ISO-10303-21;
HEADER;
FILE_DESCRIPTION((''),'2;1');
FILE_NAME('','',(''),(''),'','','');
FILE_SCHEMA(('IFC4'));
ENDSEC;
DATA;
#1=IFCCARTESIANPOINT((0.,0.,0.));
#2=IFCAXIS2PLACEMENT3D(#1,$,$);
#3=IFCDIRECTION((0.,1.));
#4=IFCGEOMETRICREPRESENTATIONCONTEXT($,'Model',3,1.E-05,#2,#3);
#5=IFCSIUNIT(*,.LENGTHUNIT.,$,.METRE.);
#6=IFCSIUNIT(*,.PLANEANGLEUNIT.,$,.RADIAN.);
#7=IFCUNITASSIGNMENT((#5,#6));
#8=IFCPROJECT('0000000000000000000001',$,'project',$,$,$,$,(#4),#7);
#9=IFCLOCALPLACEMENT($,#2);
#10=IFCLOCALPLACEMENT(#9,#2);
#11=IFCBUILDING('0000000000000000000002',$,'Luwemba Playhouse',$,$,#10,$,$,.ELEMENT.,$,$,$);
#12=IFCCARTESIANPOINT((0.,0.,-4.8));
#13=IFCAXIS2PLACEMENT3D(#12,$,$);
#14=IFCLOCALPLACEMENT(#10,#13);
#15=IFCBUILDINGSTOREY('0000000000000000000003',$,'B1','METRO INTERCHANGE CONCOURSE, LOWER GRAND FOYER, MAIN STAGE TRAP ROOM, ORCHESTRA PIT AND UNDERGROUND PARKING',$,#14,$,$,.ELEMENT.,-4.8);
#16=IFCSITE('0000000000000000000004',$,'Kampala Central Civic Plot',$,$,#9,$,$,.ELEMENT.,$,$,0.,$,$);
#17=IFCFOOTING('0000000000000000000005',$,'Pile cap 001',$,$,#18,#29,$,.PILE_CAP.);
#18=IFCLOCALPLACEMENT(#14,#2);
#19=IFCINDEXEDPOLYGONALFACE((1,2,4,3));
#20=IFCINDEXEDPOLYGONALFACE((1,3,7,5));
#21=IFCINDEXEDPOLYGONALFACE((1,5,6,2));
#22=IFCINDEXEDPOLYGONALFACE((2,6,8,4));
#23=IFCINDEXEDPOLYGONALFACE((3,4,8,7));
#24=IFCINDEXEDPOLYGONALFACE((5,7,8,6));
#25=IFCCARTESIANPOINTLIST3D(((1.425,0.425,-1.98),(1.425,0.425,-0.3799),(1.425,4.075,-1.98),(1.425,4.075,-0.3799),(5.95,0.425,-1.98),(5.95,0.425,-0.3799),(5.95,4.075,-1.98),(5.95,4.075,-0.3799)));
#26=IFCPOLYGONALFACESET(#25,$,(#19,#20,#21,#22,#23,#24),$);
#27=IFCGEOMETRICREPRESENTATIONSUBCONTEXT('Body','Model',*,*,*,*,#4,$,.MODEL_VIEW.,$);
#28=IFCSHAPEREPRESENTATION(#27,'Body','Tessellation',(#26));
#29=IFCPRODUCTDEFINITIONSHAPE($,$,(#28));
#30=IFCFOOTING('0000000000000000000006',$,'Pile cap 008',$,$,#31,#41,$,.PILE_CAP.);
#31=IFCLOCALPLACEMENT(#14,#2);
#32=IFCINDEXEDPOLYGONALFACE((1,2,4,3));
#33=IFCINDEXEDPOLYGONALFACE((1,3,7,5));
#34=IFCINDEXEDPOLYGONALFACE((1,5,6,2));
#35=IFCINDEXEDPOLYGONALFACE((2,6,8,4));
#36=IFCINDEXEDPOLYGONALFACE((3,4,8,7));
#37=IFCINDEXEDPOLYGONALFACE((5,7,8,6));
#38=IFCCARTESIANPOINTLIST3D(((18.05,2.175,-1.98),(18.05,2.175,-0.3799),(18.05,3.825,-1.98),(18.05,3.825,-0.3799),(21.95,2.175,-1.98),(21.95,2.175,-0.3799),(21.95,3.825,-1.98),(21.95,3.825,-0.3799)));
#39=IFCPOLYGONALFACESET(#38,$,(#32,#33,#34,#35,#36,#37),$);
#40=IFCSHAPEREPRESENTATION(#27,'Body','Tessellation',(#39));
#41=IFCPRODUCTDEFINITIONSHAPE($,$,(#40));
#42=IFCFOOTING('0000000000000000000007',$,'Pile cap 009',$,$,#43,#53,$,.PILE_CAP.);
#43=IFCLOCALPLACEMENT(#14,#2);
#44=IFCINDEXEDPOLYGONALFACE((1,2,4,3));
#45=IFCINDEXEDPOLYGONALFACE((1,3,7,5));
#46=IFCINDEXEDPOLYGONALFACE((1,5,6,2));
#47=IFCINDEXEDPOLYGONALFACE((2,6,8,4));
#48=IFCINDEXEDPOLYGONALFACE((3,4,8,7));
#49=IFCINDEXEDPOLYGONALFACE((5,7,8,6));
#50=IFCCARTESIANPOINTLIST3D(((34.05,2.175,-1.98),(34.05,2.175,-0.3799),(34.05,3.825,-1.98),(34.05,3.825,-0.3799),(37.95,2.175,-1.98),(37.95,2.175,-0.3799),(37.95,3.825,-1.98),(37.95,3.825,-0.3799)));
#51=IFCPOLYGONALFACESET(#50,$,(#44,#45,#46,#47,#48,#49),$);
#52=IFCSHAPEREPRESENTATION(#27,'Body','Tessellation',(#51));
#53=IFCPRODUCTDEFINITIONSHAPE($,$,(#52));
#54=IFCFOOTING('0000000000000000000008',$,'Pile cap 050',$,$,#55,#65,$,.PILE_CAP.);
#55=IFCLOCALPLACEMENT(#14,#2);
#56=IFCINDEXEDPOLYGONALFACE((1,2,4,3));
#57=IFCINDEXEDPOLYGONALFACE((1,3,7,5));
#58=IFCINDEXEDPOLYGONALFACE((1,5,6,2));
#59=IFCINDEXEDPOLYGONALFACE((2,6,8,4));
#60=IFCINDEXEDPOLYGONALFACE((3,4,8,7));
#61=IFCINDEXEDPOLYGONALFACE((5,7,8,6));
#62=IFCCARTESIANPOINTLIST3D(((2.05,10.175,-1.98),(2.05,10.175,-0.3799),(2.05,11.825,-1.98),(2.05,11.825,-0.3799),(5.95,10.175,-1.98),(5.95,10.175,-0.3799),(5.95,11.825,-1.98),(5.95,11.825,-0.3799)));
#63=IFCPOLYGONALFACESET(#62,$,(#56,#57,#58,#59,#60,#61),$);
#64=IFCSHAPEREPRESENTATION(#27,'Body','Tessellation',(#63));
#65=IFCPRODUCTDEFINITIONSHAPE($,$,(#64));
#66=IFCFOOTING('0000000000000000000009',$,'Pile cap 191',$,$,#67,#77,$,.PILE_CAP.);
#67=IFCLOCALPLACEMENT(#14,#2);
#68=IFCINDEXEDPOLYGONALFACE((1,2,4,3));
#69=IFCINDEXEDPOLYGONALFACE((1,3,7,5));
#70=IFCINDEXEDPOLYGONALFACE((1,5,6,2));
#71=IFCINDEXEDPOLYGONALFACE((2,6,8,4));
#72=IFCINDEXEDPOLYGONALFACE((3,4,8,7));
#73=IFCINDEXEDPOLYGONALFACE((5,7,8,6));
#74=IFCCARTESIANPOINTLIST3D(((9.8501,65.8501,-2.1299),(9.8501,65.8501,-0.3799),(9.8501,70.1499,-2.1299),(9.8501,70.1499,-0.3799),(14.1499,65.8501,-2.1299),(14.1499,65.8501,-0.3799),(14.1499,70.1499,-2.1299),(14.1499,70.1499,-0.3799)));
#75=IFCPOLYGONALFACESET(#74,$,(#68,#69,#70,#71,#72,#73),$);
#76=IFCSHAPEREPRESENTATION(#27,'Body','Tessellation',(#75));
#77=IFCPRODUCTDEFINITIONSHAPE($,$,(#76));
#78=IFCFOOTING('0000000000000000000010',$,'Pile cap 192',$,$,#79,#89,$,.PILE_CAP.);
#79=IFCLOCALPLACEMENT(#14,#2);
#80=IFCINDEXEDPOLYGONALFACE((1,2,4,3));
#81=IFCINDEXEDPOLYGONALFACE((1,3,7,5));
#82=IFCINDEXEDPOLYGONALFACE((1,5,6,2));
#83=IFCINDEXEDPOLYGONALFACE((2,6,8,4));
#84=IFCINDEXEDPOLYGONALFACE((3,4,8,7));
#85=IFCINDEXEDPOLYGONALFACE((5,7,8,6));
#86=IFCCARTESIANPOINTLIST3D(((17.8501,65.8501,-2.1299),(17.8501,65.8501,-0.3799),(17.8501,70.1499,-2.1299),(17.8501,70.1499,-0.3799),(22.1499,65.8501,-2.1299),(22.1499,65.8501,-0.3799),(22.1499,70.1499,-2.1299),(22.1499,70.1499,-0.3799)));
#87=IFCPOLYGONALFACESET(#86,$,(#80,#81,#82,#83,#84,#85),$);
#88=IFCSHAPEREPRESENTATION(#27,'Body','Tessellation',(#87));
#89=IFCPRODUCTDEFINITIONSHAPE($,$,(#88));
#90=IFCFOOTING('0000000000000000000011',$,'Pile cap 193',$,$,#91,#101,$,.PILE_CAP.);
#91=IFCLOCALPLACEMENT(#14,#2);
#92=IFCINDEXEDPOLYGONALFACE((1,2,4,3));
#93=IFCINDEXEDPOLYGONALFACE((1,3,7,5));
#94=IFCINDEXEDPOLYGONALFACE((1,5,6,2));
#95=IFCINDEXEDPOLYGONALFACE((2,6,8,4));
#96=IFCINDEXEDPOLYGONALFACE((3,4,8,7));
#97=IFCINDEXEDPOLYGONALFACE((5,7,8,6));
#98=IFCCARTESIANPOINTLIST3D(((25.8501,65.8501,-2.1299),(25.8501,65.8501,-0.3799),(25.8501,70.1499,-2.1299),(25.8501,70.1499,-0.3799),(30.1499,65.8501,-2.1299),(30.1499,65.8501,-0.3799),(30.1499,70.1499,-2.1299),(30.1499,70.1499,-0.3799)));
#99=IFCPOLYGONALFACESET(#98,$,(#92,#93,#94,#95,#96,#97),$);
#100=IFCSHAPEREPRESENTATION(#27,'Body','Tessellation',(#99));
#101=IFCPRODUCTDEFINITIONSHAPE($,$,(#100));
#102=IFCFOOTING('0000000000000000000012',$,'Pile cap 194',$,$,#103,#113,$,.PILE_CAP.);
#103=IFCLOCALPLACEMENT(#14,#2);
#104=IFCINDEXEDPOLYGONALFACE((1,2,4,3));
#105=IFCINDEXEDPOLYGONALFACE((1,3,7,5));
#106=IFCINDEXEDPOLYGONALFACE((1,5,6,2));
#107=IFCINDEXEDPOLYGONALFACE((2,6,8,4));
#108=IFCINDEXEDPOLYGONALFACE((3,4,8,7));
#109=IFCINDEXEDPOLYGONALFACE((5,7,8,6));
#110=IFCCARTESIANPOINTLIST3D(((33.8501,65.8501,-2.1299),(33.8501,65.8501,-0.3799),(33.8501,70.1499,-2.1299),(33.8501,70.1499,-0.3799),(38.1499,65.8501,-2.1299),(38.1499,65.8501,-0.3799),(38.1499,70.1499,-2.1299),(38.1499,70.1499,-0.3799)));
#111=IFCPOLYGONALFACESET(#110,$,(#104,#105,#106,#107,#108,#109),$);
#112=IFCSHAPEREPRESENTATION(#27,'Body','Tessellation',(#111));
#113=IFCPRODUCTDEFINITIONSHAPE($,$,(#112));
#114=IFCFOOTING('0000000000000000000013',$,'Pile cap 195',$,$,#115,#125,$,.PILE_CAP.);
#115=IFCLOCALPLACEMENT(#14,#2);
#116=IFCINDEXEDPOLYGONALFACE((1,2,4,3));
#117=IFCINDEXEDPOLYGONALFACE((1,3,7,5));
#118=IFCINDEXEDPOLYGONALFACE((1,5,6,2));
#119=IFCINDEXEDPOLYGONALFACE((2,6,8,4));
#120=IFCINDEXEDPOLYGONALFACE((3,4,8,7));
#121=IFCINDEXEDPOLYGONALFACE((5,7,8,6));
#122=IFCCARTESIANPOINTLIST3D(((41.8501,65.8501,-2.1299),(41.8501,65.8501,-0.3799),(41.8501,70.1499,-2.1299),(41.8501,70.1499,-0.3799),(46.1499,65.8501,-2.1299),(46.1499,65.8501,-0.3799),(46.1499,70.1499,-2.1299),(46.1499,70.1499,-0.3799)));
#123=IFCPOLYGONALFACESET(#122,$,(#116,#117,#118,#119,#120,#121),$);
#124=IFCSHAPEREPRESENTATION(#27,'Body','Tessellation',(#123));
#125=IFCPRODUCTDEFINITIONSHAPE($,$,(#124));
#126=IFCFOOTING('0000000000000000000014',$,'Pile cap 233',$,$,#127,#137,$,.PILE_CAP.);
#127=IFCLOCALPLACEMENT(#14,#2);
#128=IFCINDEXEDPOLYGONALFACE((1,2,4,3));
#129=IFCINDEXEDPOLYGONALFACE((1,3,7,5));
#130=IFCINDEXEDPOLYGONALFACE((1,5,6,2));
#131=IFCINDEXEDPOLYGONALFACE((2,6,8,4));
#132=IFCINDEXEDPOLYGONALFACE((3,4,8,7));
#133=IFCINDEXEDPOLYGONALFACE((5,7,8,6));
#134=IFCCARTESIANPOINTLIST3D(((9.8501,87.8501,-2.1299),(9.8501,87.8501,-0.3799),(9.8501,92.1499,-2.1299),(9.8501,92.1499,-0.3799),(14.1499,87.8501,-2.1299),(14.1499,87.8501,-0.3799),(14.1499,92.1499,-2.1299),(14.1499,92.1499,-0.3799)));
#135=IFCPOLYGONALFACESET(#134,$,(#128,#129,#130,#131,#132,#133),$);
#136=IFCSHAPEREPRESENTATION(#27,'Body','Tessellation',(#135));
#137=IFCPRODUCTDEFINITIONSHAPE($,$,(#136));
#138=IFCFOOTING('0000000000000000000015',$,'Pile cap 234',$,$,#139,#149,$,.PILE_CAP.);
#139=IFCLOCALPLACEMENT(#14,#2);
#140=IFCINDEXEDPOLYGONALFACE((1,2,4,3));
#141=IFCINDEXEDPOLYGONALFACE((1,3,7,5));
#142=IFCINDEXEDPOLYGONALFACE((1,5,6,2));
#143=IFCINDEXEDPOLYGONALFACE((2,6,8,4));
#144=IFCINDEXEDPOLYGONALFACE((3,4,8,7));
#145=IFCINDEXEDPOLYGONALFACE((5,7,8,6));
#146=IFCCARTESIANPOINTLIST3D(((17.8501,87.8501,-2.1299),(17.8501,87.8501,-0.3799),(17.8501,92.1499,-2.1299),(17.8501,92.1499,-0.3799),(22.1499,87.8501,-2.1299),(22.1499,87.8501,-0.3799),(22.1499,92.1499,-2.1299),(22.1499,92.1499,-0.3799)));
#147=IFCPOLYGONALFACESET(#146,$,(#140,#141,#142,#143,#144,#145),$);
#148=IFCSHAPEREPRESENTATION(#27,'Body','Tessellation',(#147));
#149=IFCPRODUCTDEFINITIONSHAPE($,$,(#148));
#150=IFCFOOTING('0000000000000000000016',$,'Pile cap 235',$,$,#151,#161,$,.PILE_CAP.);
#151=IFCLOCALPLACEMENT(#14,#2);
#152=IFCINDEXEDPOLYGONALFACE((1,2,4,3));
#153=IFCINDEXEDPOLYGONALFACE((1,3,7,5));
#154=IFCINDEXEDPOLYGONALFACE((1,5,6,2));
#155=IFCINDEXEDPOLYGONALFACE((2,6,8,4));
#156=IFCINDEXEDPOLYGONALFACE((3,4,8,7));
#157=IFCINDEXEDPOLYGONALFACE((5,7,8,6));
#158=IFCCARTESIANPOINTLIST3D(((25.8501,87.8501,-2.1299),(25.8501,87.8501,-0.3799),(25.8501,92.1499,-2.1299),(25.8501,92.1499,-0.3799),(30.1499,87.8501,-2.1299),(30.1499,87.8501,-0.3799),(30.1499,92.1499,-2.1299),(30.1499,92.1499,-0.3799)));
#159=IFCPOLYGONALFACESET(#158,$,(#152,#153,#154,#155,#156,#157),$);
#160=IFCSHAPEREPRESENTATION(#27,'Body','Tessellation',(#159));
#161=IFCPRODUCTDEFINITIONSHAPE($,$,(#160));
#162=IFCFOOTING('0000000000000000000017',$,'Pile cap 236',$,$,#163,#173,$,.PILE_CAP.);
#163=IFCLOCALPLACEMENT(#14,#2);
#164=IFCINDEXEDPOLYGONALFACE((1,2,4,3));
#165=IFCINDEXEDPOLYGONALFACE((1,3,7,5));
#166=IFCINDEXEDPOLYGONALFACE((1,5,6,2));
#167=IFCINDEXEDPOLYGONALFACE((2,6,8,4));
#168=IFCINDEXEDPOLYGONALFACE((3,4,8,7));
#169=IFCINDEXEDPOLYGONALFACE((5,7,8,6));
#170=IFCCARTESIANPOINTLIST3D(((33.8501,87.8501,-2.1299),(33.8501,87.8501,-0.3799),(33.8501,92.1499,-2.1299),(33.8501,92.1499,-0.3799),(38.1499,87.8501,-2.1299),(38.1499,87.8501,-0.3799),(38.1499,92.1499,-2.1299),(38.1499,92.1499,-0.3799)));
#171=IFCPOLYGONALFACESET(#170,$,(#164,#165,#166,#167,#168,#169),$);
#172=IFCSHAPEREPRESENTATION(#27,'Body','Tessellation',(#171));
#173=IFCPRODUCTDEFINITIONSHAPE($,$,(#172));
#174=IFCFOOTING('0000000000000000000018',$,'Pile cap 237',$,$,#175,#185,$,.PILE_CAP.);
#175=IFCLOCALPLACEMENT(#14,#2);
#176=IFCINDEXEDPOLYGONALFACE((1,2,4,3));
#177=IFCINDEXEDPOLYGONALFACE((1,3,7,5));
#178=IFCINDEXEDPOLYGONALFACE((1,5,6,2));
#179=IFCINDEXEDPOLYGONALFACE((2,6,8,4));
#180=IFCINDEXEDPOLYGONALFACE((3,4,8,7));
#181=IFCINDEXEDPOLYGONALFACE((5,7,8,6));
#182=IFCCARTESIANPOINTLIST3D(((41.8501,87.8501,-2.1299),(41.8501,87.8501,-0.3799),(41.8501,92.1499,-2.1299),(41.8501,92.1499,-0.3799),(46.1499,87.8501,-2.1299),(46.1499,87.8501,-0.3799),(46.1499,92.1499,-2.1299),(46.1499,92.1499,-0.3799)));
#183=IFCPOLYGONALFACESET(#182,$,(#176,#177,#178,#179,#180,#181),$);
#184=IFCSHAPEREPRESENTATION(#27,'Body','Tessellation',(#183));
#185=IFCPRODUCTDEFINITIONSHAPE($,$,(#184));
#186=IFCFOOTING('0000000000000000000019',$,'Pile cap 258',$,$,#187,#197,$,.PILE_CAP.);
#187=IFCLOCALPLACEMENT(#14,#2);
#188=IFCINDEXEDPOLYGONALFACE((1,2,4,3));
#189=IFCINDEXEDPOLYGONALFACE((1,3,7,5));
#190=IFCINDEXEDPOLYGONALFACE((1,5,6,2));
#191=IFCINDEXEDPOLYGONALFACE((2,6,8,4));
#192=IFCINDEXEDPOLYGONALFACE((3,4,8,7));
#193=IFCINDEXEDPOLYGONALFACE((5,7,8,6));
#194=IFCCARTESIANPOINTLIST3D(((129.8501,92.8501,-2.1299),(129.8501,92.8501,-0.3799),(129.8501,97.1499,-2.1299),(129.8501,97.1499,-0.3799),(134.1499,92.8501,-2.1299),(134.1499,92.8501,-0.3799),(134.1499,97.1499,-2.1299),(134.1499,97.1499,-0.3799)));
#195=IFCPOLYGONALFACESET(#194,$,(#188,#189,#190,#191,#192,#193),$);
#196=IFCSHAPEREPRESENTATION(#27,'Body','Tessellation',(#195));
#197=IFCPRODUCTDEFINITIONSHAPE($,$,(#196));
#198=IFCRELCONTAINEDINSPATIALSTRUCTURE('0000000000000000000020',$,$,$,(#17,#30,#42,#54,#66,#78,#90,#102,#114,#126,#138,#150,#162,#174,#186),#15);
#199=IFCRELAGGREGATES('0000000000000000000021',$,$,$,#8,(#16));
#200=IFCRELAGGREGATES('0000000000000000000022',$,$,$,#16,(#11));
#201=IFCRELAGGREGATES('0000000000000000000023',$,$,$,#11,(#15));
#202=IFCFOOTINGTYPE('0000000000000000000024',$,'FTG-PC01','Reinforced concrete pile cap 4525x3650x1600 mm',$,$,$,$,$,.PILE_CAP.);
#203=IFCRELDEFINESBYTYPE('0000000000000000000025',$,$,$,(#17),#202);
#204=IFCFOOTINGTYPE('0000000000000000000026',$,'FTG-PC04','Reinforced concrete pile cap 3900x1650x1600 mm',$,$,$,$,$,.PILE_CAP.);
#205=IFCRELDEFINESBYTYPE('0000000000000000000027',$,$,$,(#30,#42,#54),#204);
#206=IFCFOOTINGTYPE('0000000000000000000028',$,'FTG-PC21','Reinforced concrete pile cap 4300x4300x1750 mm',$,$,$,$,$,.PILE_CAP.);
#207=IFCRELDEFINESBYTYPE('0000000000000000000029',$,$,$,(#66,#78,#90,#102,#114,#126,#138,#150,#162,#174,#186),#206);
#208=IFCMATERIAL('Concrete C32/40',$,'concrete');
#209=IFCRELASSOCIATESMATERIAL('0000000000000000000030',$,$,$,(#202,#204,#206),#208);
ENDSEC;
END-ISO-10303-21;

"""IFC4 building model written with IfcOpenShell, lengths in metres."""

from ifc_helpers import new_model, si_unit, direction, frame, origin, place, context, subcontext, project, spatial, polyline, outline, extrude, material, type_object, element, save


model = new_model("IFC4")

# Units and contexts
model_context = context("Model", 3, precision=1e-05, world=origin(), true_north=direction((0.0, 1.0)))
body_context = subcontext(model_context, "Body", "Model", "MODEL_VIEW")
ifc_project = project(units=[si_unit("LENGTHUNIT", "METRE"), si_unit("PLANEANGLEUNIT", "RADIAN")], contexts=[model_context])

# Site, building, storey
site_placement = place(None, origin())
site = spatial("IfcSite", under=ifc_project, at=site_placement, Name="Kampala Central Civic Plot", CompositionType="ELEMENT", RefElevation=0.0)
building_placement = place(site_placement, origin())
building = spatial("IfcBuilding", under=site, at=building_placement, Name="Luwemba Playhouse", CompositionType="ELEMENT")
storey_placement = place(building_placement, frame((0.0, 0.0, -4.8)))
storey = spatial("IfcBuildingStorey", under=building, at=storey_placement, Name="B1", Description="METRO INTERCHANGE CONCOURSE, LOWER GRAND FOYER, MAIN STAGE TRAP ROOM, ORCHESTRA PIT AND UNDERGROUND PARKING", CompositionType="ELEMENT", Elevation=-4.8)

# Footings
ifc_material = material(Name="Concrete C32/40", Category="concrete")
footing_type_1 = type_object("IfcFootingType", Name="FTG-PC01", Description="Reinforced concrete pile cap 4525x3650x1600 mm", PredefinedType="PILE_CAP", material=ifc_material)
footing_1_placement = place(storey_placement, frame((0.0, 0.0, -1.98)))
element("IfcFooting", 1, at=footing_1_placement, inside=storey, type_object=footing_type_1, Name="Pile cap 001", PredefinedType="PILE_CAP", context=body_context, shape_type="SweptSolid", body=[
    extrude(outline(polyline([(1.425, 0.425), (5.95, 0.425), (5.95, 4.075), (1.425, 4.075), (1.425, 0.425)])), origin(), (0.0, 0.0, 1.0), 1.6001),
])
footing_type_2 = type_object("IfcFootingType", Name="FTG-PC04", Description="Reinforced concrete pile cap 3900x1650x1600 mm", PredefinedType="PILE_CAP", material=ifc_material)
footing_2_placement = place(storey_placement, frame((0.0, 0.0, -1.98)))
element("IfcFooting", 2, at=footing_2_placement, inside=storey, type_object=footing_type_2, Name="Pile cap 008", PredefinedType="PILE_CAP", context=body_context, shape_type="SweptSolid", body=[
    extrude(outline(polyline([(18.05, 2.175), (21.95, 2.175), (21.95, 3.825), (18.05, 3.825), (18.05, 2.175)])), origin(), (0.0, 0.0, 1.0), 1.6001),
])
footing_3_placement = place(storey_placement, frame((0.0, 0.0, -1.98)))
element("IfcFooting", 3, at=footing_3_placement, inside=storey, type_object=footing_type_2, Name="Pile cap 009", PredefinedType="PILE_CAP", context=body_context, shape_type="SweptSolid", body=[
    extrude(outline(polyline([(34.05, 2.175), (37.95, 2.175), (37.95, 3.825), (34.05, 3.825), (34.05, 2.175)])), origin(), (0.0, 0.0, 1.0), 1.6001),
])
footing_4_placement = place(storey_placement, frame((0.0, 0.0, -1.98)))
element("IfcFooting", 4, at=footing_4_placement, inside=storey, type_object=footing_type_2, Name="Pile cap 050", PredefinedType="PILE_CAP", context=body_context, shape_type="SweptSolid", body=[
    extrude(outline(polyline([(2.05, 10.175), (5.95, 10.175), (5.95, 11.825), (2.05, 11.825), (2.05, 10.175)])), origin(), (0.0, 0.0, 1.0), 1.6001),
])
footing_type_3 = type_object("IfcFootingType", Name="FTG-PC21", Description="Reinforced concrete pile cap 4300x4300x1750 mm", PredefinedType="PILE_CAP", material=ifc_material)
footing_5_placement = place(storey_placement, frame((0.0, 0.0, -2.1299)))
element("IfcFooting", 5, at=footing_5_placement, inside=storey, type_object=footing_type_3, Name="Pile cap 191", PredefinedType="PILE_CAP", context=body_context, shape_type="SweptSolid", body=[
    extrude(outline(polyline([(9.8501, 65.8501), (14.1499, 65.8501), (14.1499, 70.1499), (9.8501, 70.1499), (9.8501, 65.8501)])), origin(), (0.0, 0.0, 1.0), 1.75),
])
footing_6_placement = place(storey_placement, frame((0.0, 0.0, -2.1299)))
element("IfcFooting", 6, at=footing_6_placement, inside=storey, type_object=footing_type_3, Name="Pile cap 192", PredefinedType="PILE_CAP", context=body_context, shape_type="SweptSolid", body=[
    extrude(outline(polyline([(17.8501, 65.8501), (22.1499, 65.8501), (22.1499, 70.1499), (17.8501, 70.1499), (17.8501, 65.8501)])), origin(), (0.0, 0.0, 1.0), 1.75),
])
footing_7_placement = place(storey_placement, frame((0.0, 0.0, -2.1299)))
element("IfcFooting", 7, at=footing_7_placement, inside=storey, type_object=footing_type_3, Name="Pile cap 193", PredefinedType="PILE_CAP", context=body_context, shape_type="SweptSolid", body=[
    extrude(outline(polyline([(25.8501, 65.8501), (30.1499, 65.8501), (30.1499, 70.1499), (25.8501, 70.1499), (25.8501, 65.8501)])), origin(), (0.0, 0.0, 1.0), 1.75),
])
footing_8_placement = place(storey_placement, frame((0.0, 0.0, -2.1299)))
element("IfcFooting", 8, at=footing_8_placement, inside=storey, type_object=footing_type_3, Name="Pile cap 194", PredefinedType="PILE_CAP", context=body_context, shape_type="SweptSolid", body=[
    extrude(outline(polyline([(33.8501, 65.8501), (38.1499, 65.8501), (38.1499, 70.1499), (33.8501, 70.1499), (33.8501, 65.8501)])), origin(), (0.0, 0.0, 1.0), 1.75),
])
footing_9_placement = place(storey_placement, frame((0.0, 0.0, -2.1299)))
element("IfcFooting", 9, at=footing_9_placement, inside=storey, type_object=footing_type_3, Name="Pile cap 195", PredefinedType="PILE_CAP", context=body_context, shape_type="SweptSolid", body=[
    extrude(outline(polyline([(41.8501, 65.8501), (46.1499, 65.8501), (46.1499, 70.1499), (41.8501, 70.1499), (41.8501, 65.8501)])), origin(), (0.0, 0.0, 1.0), 1.75),
])
footing_10_placement = place(storey_placement, frame((0.0, 0.0, -2.1299)))
element("IfcFooting", 10, at=footing_10_placement, inside=storey, type_object=footing_type_3, Name="Pile cap 233", PredefinedType="PILE_CAP", context=body_context, shape_type="SweptSolid", body=[
    extrude(outline(polyline([(9.8501, 87.8501), (14.1499, 87.8501), (14.1499, 92.1499), (9.8501, 92.1499), (9.8501, 87.8501)])), origin(), (0.0, 0.0, 1.0), 1.75),
])
footing_11_placement = place(storey_placement, frame((0.0, 0.0, -2.1299)))
element("IfcFooting", 11, at=footing_11_placement, inside=storey, type_object=footing_type_3, Name="Pile cap 234", PredefinedType="PILE_CAP", context=body_context, shape_type="SweptSolid", body=[
    extrude(outline(polyline([(17.8501, 87.8501), (22.1499, 87.8501), (22.1499, 92.1499), (17.8501, 92.1499), (17.8501, 87.8501)])), origin(), (0.0, 0.0, 1.0), 1.75),
])
footing_12_placement = place(storey_placement, frame((0.0, 0.0, -2.1299)))
element("IfcFooting", 12, at=footing_12_placement, inside=storey, type_object=footing_type_3, Name="Pile cap 235", PredefinedType="PILE_CAP", context=body_context, shape_type="SweptSolid", body=[
    extrude(outline(polyline([(25.8501, 87.8501), (30.1499, 87.8501), (30.1499, 92.1499), (25.8501, 92.1499), (25.8501, 87.8501)])), origin(), (0.0, 0.0, 1.0), 1.75),
])
footing_13_placement = place(storey_placement, frame((0.0, 0.0, -2.1299)))
element("IfcFooting", 13, at=footing_13_placement, inside=storey, type_object=footing_type_3, Name="Pile cap 236", PredefinedType="PILE_CAP", context=body_context, shape_type="SweptSolid", body=[
    extrude(outline(polyline([(33.8501, 87.8501), (38.1499, 87.8501), (38.1499, 92.1499), (33.8501, 92.1499), (33.8501, 87.8501)])), origin(), (0.0, 0.0, 1.0), 1.75),
])
footing_14_placement = place(storey_placement, frame((0.0, 0.0, -2.1299)))
element("IfcFooting", 14, at=footing_14_placement, inside=storey, type_object=footing_type_3, Name="Pile cap 237", PredefinedType="PILE_CAP", context=body_context, shape_type="SweptSolid", body=[
    extrude(outline(polyline([(41.8501, 87.8501), (46.1499, 87.8501), (46.1499, 92.1499), (41.8501, 92.1499), (41.8501, 87.8501)])), origin(), (0.0, 0.0, 1.0), 1.75),
])
footing_15_placement = place(storey_placement, frame((0.0, 0.0, -2.1299)))
element("IfcFooting", 15, at=footing_15_placement, inside=storey, type_object=footing_type_3, Name="Pile cap 258", PredefinedType="PILE_CAP", context=body_context, shape_type="SweptSolid", body=[
    extrude(outline(polyline([(129.8501, 92.8501), (134.1499, 92.8501), (134.1499, 97.1499), (129.8501, 97.1499), (129.8501, 92.8501)])), origin(), (0.0, 0.0, 1.0), 1.75),
])

save(model, "model.ifc")
